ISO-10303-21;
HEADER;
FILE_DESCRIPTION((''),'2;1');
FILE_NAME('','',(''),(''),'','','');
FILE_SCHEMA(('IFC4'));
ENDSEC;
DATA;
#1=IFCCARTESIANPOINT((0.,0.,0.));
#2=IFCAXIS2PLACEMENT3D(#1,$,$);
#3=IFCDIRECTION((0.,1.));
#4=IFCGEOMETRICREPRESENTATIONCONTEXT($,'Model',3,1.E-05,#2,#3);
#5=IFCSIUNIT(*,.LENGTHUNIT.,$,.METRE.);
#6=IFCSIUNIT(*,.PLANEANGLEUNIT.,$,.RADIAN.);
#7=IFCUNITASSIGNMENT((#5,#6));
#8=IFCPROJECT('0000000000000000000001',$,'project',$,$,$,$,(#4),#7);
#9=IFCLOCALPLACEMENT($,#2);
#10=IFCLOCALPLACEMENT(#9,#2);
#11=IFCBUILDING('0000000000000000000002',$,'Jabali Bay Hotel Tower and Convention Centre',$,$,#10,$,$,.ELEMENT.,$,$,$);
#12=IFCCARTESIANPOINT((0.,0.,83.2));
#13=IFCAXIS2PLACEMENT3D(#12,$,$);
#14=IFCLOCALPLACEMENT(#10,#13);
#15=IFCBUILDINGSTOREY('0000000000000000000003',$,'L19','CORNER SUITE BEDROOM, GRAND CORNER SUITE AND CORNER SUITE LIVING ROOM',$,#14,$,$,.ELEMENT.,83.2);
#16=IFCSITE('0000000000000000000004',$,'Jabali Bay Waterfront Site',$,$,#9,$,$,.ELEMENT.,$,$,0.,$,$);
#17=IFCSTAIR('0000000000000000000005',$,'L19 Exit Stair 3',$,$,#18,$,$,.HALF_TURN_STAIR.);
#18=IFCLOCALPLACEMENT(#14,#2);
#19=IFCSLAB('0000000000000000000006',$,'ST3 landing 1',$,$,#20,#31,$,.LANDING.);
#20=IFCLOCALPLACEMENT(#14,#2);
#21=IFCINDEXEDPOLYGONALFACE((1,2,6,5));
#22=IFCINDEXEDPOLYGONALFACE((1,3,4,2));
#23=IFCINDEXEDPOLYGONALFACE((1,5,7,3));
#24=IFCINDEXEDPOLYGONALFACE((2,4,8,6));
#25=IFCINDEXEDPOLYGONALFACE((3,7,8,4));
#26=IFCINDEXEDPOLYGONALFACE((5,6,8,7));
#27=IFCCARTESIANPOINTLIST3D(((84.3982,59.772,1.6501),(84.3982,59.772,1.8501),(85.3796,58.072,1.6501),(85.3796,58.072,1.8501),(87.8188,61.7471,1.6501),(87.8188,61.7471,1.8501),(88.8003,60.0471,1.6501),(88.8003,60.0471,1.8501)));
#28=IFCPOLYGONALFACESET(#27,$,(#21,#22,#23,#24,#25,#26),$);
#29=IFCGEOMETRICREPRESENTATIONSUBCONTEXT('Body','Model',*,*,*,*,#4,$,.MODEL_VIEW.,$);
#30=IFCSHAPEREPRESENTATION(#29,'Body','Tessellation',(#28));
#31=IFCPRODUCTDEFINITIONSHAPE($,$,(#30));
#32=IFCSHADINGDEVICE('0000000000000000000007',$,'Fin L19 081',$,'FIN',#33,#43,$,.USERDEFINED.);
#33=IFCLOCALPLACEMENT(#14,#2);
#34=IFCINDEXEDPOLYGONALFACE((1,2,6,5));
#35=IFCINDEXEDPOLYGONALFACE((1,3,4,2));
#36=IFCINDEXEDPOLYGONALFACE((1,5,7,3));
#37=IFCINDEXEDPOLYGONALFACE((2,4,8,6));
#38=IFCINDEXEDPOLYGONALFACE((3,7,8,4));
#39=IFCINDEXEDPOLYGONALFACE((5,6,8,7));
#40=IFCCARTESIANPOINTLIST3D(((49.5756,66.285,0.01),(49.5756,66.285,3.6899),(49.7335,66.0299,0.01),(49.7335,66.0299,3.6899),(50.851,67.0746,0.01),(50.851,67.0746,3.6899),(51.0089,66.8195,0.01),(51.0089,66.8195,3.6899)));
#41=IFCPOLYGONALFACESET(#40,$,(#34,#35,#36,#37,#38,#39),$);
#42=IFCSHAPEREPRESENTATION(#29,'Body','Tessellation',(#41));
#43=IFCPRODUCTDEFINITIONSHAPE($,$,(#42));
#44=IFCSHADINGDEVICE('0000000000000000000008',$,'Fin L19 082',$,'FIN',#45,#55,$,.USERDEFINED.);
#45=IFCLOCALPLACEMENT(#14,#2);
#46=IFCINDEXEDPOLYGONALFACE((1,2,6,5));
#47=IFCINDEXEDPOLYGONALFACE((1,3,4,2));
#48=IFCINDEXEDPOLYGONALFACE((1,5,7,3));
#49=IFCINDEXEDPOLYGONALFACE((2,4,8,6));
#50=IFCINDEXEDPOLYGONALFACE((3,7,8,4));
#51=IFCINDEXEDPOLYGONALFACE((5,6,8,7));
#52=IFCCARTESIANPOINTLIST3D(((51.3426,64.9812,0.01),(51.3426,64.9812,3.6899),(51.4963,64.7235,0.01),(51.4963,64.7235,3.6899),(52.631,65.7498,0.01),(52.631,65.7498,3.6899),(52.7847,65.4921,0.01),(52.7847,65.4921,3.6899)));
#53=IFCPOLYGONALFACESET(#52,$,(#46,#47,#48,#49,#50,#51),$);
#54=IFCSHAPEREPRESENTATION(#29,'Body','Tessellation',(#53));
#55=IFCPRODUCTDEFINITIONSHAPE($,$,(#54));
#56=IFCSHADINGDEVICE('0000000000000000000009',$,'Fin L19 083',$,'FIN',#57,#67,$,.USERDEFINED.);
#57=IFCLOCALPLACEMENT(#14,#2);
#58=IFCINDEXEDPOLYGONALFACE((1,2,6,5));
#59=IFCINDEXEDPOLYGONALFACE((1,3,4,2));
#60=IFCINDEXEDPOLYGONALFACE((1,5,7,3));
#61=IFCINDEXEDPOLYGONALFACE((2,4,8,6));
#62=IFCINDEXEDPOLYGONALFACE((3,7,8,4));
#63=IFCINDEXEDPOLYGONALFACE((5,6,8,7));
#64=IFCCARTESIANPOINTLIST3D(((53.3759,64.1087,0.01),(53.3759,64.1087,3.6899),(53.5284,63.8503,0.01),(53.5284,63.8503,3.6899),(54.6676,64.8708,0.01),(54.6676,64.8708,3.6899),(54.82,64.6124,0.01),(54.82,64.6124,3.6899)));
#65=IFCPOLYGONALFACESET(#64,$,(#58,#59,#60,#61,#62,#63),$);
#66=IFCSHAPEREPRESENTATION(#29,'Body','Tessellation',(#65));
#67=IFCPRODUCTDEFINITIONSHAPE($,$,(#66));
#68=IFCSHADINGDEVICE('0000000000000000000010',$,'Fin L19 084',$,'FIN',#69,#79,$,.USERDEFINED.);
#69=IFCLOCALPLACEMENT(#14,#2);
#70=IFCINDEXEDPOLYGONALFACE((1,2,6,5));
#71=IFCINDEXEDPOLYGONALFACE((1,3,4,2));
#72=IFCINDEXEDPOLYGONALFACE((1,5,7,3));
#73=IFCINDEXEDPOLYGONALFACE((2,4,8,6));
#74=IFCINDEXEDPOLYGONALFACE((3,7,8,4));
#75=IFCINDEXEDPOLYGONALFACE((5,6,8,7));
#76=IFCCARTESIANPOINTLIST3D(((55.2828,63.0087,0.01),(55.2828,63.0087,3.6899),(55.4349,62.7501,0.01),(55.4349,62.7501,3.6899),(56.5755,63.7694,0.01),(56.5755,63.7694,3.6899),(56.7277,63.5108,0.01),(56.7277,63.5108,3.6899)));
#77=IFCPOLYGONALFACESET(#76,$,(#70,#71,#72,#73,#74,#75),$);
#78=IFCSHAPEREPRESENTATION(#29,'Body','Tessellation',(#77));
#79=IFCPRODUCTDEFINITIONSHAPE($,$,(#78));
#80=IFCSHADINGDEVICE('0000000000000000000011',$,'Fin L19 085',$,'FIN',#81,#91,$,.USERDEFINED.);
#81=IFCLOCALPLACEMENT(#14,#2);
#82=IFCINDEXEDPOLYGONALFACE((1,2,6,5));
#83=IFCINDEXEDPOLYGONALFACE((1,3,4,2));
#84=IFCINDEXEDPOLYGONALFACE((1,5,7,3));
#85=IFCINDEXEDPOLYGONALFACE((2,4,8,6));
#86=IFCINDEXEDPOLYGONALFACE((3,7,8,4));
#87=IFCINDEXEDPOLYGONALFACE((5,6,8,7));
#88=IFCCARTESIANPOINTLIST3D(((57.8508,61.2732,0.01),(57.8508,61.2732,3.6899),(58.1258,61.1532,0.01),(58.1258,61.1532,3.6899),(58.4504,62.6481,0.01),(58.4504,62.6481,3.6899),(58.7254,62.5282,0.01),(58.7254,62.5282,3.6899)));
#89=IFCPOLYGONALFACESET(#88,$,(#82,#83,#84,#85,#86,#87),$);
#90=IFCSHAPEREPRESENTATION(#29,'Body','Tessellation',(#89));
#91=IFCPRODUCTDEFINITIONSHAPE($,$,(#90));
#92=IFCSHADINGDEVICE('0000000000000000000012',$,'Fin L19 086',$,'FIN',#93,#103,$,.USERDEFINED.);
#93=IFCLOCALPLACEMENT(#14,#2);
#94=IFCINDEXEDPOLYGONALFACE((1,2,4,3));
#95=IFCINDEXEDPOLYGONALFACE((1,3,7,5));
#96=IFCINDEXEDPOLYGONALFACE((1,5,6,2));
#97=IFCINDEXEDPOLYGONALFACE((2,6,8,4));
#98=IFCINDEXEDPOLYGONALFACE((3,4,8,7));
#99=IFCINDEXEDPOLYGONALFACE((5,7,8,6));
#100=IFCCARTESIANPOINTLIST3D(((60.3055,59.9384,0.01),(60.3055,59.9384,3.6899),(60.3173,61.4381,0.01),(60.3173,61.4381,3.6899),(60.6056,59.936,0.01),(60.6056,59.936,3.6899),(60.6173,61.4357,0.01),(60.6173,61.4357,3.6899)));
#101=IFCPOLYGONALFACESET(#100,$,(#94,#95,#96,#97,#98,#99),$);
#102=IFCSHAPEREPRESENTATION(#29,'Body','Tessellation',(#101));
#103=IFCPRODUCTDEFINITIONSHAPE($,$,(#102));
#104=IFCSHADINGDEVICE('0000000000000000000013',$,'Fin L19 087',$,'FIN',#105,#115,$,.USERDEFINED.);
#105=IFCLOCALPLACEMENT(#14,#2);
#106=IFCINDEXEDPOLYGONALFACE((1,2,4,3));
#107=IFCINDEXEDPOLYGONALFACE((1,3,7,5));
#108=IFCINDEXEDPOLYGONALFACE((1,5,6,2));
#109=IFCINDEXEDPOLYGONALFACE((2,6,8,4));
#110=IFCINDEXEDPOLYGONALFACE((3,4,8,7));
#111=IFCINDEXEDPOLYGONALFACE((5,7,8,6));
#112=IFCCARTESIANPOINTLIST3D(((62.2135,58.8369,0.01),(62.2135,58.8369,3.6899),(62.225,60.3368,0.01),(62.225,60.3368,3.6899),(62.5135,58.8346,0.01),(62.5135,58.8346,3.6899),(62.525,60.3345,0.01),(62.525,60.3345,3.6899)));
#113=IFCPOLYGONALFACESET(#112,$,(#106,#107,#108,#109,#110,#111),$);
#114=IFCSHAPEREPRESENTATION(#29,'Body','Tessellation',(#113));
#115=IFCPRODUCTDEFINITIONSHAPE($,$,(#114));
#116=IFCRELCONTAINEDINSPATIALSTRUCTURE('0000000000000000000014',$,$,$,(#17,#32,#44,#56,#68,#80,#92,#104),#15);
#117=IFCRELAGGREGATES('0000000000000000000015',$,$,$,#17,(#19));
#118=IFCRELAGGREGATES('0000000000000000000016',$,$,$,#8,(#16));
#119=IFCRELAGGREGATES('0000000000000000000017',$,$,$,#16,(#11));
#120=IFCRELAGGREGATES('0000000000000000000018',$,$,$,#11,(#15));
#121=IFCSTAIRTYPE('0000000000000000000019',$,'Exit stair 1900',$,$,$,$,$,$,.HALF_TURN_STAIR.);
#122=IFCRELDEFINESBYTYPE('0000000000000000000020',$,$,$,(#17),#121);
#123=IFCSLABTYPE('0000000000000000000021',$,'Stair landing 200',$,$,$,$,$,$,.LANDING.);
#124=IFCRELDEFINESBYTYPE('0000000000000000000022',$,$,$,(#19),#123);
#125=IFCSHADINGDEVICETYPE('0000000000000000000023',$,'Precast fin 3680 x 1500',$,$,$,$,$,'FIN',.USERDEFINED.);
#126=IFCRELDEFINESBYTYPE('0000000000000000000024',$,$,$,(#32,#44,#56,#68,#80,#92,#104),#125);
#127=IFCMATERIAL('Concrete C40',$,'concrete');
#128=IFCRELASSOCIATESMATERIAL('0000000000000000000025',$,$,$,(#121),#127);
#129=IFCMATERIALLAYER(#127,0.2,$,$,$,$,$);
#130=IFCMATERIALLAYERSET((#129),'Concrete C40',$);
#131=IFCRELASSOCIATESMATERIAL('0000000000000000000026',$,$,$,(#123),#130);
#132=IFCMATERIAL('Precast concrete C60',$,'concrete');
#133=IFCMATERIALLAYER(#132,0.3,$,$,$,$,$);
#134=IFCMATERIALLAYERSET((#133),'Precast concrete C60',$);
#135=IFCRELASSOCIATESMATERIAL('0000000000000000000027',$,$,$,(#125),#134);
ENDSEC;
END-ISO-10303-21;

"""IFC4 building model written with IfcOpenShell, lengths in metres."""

from ifc_helpers import new_model, si_unit, direction, frame, frame_2d, origin, place, context, subcontext, project, spatial, polyline, rectangle, outline, extrude, material, layer, layer_set, type_object, element, aggregate, save


model = new_model("IFC4")

# Units and contexts
model_context = context("Model", 3, precision=1e-05, world=origin(), true_north=direction((0.0, 1.0)))
body_context = subcontext(model_context, "Body", "Model", "MODEL_VIEW")
ifc_project = project(units=[si_unit("LENGTHUNIT", "METRE"), si_unit("PLANEANGLEUNIT", "RADIAN")], contexts=[model_context])

# Site, building, storey
site_placement = place(None, origin())
site = spatial("IfcSite", under=ifc_project, at=site_placement, Name="Jabali Bay Waterfront Site", CompositionType="ELEMENT", RefElevation=0.0)
building_placement = place(site_placement, origin())
building = spatial("IfcBuilding", under=site, at=building_placement, Name="Jabali Bay Hotel Tower and Convention Centre", CompositionType="ELEMENT")
storey_placement = place(building_placement, frame((0.0, 0.0, 83.2)))
storey = spatial("IfcBuildingStorey", under=building, at=storey_placement, Name="L19", Description="CORNER SUITE BEDROOM, GRAND CORNER SUITE AND CORNER SUITE LIVING ROOM", CompositionType="ELEMENT", Elevation=83.2)

# Shared definitions
ifc_material_1 = material(Name="Concrete C40", Category="concrete")

# Stair, slab
stair_type = type_object("IfcStairType", Name="Exit stair 1900", PredefinedType="HALF_TURN_STAIR", material=ifc_material_1)
ifc_layer_1 = layer(ifc_material_1, 0.2)
ifc_layer_set_1 = layer_set([ifc_layer_1], Name="Concrete C40")
slab_type_1 = type_object("IfcSlabType", Name="Stair landing 200", PredefinedType="LANDING", material=ifc_layer_set_1)
stair_1_placement = place(storey_placement, origin())
stair_1 = element("IfcStair", 1, at=stair_1_placement, inside=storey, type_object=stair_type, Name="L19 Exit Stair 3", PredefinedType="HALF_TURN_STAIR")
slab_1_placement = place(storey_placement, frame((0.0, 0.0, 1.6501)))
slab_1 = element("IfcSlab", 2, at=slab_1_placement, type_object=slab_type_1, Name="ST3 landing 1", PredefinedType="LANDING", context=body_context, shape_type="SweptSolid", body=[
    extrude(outline(polyline([(84.3982, 59.772), (85.3796, 58.072), (88.8003, 60.0471), (87.8188, 61.7471), (84.3982, 59.772)])), origin(), (0.0, 0.0, 1.0), 0.2),
])
aggregate(stair_1, [slab_1])

# Shading devices
ifc_material_2 = material(Name="Precast concrete C60", Category="concrete")
ifc_layer_2 = layer(ifc_material_2, 0.3)
ifc_layer_set_2 = layer_set([ifc_layer_2], Name="Precast concrete C60")
shading_device_type = type_object("IfcShadingDeviceType", Name="Precast fin 3680 x 1500", ElementType="FIN", PredefinedType="USERDEFINED", material=ifc_layer_set_2)
shading_device_1_placement = place(storey_placement, frame((50.9299, 66.947, 0.01), z_axis=(0.0, 0.0, 1.0), x_axis=(-0.850258, -0.526366, 0.0)))
element("IfcShadingDevice", 3, at=shading_device_1_placement, inside=storey, type_object=shading_device_type, Name="Fin L19 081", ObjectType="FIN", PredefinedType="USERDEFINED", context=body_context, shape_type="SweptSolid", body=[
    extrude(rectangle(XDim=1.5, YDim=0.3, at=frame_2d((0.75, 0.0))), origin(), (0.0, 0.0, 1.0), 3.6799),
])
shading_device_2_placement = place(storey_placement, frame((52.7078, 65.6208, 0.01), z_axis=(0.0, 0.0, 1.0), x_axis=(-0.858797, -0.512316, 0.0)))
element("IfcShadingDevice", 4, at=shading_device_2_placement, inside=storey, type_object=shading_device_type, Name="Fin L19 082", ObjectType="FIN", PredefinedType="USERDEFINED", context=body_context, shape_type="SweptSolid", body=[
    extrude(rectangle(XDim=1.5002, YDim=0.3, at=frame_2d((0.75, 0.0))), origin(), (0.0, 0.0, 1.0), 3.6799),
])
shading_device_3_placement = place(storey_placement, frame((54.7439, 64.7417, 0.01), z_axis=(0.0, 0.0, 1.0), x_axis=(-0.861247, -0.508186, 0.0)))
element("IfcShadingDevice", 5, at=shading_device_3_placement, inside=storey, type_object=shading_device_type, Name="Fin L19 083", ObjectType="FIN", PredefinedType="USERDEFINED", context=body_context, shape_type="SweptSolid", body=[
    extrude(rectangle(XDim=1.4998, YDim=0.3, at=frame_2d((0.75, 0.0))), origin(), (0.0, 0.0, 1.0), 3.6799),
])
for number, where, z_axis, x_axis, name in (
    (6, (56.6516, 63.6401, 0.01), (0.0, 0.0, 1.0), (-0.861842, -0.507177, 0.0), "Fin L19 084"),
    (7, (58.5879, 62.5881, 0.01), (0.0, 0.0, 1.0), (-0.399726, -0.916635, 0.0), "Fin L19 085"),
):
    element("IfcShadingDevice", number, at=place(storey_placement, frame(where, z_axis=z_axis, x_axis=x_axis)), inside=storey, type_object=shading_device_type, Name=name, ObjectType="FIN", PredefinedType="USERDEFINED", context=body_context, shape_type="SweptSolid", body=[
        extrude(rectangle(XDim=1.5, YDim=0.3, at=frame_2d((0.75, 0.0))), origin(), (0.0, 0.0, 1.0), 3.6799),
    ])
shading_device_4_placement = place(storey_placement, frame((60.4673, 61.437, 0.01), z_axis=(0.0, 0.0, 1.0), x_axis=(-0.007814, -0.999969, 0.0)))
element("IfcShadingDevice", 8, at=shading_device_4_placement, inside=storey, type_object=shading_device_type, Name="Fin L19 086", ObjectType="FIN", PredefinedType="USERDEFINED", context=body_context, shape_type="SweptSolid", body=[
    extrude(rectangle(XDim=1.4998, YDim=0.3, at=frame_2d((0.75, 0.0))), origin(), (0.0, 0.0, 1.0), 3.6799),
])
shading_device_5_placement = place(storey_placement, frame((62.375, 60.3357, 0.01), z_axis=(0.0, 0.0, 1.0), x_axis=(-0.00765, -0.999971, 0.0)))
element("IfcShadingDevice", 9, at=shading_device_5_placement, inside=storey, type_object=shading_device_type, Name="Fin L19 087", ObjectType="FIN", PredefinedType="USERDEFINED", context=body_context, shape_type="SweptSolid", body=[
    extrude(rectangle(XDim=1.5, YDim=0.3, at=frame_2d((0.75, 0.0))), origin(), (0.0, 0.0, 1.0), 3.6799),
])

save(model, "model.ifc")
